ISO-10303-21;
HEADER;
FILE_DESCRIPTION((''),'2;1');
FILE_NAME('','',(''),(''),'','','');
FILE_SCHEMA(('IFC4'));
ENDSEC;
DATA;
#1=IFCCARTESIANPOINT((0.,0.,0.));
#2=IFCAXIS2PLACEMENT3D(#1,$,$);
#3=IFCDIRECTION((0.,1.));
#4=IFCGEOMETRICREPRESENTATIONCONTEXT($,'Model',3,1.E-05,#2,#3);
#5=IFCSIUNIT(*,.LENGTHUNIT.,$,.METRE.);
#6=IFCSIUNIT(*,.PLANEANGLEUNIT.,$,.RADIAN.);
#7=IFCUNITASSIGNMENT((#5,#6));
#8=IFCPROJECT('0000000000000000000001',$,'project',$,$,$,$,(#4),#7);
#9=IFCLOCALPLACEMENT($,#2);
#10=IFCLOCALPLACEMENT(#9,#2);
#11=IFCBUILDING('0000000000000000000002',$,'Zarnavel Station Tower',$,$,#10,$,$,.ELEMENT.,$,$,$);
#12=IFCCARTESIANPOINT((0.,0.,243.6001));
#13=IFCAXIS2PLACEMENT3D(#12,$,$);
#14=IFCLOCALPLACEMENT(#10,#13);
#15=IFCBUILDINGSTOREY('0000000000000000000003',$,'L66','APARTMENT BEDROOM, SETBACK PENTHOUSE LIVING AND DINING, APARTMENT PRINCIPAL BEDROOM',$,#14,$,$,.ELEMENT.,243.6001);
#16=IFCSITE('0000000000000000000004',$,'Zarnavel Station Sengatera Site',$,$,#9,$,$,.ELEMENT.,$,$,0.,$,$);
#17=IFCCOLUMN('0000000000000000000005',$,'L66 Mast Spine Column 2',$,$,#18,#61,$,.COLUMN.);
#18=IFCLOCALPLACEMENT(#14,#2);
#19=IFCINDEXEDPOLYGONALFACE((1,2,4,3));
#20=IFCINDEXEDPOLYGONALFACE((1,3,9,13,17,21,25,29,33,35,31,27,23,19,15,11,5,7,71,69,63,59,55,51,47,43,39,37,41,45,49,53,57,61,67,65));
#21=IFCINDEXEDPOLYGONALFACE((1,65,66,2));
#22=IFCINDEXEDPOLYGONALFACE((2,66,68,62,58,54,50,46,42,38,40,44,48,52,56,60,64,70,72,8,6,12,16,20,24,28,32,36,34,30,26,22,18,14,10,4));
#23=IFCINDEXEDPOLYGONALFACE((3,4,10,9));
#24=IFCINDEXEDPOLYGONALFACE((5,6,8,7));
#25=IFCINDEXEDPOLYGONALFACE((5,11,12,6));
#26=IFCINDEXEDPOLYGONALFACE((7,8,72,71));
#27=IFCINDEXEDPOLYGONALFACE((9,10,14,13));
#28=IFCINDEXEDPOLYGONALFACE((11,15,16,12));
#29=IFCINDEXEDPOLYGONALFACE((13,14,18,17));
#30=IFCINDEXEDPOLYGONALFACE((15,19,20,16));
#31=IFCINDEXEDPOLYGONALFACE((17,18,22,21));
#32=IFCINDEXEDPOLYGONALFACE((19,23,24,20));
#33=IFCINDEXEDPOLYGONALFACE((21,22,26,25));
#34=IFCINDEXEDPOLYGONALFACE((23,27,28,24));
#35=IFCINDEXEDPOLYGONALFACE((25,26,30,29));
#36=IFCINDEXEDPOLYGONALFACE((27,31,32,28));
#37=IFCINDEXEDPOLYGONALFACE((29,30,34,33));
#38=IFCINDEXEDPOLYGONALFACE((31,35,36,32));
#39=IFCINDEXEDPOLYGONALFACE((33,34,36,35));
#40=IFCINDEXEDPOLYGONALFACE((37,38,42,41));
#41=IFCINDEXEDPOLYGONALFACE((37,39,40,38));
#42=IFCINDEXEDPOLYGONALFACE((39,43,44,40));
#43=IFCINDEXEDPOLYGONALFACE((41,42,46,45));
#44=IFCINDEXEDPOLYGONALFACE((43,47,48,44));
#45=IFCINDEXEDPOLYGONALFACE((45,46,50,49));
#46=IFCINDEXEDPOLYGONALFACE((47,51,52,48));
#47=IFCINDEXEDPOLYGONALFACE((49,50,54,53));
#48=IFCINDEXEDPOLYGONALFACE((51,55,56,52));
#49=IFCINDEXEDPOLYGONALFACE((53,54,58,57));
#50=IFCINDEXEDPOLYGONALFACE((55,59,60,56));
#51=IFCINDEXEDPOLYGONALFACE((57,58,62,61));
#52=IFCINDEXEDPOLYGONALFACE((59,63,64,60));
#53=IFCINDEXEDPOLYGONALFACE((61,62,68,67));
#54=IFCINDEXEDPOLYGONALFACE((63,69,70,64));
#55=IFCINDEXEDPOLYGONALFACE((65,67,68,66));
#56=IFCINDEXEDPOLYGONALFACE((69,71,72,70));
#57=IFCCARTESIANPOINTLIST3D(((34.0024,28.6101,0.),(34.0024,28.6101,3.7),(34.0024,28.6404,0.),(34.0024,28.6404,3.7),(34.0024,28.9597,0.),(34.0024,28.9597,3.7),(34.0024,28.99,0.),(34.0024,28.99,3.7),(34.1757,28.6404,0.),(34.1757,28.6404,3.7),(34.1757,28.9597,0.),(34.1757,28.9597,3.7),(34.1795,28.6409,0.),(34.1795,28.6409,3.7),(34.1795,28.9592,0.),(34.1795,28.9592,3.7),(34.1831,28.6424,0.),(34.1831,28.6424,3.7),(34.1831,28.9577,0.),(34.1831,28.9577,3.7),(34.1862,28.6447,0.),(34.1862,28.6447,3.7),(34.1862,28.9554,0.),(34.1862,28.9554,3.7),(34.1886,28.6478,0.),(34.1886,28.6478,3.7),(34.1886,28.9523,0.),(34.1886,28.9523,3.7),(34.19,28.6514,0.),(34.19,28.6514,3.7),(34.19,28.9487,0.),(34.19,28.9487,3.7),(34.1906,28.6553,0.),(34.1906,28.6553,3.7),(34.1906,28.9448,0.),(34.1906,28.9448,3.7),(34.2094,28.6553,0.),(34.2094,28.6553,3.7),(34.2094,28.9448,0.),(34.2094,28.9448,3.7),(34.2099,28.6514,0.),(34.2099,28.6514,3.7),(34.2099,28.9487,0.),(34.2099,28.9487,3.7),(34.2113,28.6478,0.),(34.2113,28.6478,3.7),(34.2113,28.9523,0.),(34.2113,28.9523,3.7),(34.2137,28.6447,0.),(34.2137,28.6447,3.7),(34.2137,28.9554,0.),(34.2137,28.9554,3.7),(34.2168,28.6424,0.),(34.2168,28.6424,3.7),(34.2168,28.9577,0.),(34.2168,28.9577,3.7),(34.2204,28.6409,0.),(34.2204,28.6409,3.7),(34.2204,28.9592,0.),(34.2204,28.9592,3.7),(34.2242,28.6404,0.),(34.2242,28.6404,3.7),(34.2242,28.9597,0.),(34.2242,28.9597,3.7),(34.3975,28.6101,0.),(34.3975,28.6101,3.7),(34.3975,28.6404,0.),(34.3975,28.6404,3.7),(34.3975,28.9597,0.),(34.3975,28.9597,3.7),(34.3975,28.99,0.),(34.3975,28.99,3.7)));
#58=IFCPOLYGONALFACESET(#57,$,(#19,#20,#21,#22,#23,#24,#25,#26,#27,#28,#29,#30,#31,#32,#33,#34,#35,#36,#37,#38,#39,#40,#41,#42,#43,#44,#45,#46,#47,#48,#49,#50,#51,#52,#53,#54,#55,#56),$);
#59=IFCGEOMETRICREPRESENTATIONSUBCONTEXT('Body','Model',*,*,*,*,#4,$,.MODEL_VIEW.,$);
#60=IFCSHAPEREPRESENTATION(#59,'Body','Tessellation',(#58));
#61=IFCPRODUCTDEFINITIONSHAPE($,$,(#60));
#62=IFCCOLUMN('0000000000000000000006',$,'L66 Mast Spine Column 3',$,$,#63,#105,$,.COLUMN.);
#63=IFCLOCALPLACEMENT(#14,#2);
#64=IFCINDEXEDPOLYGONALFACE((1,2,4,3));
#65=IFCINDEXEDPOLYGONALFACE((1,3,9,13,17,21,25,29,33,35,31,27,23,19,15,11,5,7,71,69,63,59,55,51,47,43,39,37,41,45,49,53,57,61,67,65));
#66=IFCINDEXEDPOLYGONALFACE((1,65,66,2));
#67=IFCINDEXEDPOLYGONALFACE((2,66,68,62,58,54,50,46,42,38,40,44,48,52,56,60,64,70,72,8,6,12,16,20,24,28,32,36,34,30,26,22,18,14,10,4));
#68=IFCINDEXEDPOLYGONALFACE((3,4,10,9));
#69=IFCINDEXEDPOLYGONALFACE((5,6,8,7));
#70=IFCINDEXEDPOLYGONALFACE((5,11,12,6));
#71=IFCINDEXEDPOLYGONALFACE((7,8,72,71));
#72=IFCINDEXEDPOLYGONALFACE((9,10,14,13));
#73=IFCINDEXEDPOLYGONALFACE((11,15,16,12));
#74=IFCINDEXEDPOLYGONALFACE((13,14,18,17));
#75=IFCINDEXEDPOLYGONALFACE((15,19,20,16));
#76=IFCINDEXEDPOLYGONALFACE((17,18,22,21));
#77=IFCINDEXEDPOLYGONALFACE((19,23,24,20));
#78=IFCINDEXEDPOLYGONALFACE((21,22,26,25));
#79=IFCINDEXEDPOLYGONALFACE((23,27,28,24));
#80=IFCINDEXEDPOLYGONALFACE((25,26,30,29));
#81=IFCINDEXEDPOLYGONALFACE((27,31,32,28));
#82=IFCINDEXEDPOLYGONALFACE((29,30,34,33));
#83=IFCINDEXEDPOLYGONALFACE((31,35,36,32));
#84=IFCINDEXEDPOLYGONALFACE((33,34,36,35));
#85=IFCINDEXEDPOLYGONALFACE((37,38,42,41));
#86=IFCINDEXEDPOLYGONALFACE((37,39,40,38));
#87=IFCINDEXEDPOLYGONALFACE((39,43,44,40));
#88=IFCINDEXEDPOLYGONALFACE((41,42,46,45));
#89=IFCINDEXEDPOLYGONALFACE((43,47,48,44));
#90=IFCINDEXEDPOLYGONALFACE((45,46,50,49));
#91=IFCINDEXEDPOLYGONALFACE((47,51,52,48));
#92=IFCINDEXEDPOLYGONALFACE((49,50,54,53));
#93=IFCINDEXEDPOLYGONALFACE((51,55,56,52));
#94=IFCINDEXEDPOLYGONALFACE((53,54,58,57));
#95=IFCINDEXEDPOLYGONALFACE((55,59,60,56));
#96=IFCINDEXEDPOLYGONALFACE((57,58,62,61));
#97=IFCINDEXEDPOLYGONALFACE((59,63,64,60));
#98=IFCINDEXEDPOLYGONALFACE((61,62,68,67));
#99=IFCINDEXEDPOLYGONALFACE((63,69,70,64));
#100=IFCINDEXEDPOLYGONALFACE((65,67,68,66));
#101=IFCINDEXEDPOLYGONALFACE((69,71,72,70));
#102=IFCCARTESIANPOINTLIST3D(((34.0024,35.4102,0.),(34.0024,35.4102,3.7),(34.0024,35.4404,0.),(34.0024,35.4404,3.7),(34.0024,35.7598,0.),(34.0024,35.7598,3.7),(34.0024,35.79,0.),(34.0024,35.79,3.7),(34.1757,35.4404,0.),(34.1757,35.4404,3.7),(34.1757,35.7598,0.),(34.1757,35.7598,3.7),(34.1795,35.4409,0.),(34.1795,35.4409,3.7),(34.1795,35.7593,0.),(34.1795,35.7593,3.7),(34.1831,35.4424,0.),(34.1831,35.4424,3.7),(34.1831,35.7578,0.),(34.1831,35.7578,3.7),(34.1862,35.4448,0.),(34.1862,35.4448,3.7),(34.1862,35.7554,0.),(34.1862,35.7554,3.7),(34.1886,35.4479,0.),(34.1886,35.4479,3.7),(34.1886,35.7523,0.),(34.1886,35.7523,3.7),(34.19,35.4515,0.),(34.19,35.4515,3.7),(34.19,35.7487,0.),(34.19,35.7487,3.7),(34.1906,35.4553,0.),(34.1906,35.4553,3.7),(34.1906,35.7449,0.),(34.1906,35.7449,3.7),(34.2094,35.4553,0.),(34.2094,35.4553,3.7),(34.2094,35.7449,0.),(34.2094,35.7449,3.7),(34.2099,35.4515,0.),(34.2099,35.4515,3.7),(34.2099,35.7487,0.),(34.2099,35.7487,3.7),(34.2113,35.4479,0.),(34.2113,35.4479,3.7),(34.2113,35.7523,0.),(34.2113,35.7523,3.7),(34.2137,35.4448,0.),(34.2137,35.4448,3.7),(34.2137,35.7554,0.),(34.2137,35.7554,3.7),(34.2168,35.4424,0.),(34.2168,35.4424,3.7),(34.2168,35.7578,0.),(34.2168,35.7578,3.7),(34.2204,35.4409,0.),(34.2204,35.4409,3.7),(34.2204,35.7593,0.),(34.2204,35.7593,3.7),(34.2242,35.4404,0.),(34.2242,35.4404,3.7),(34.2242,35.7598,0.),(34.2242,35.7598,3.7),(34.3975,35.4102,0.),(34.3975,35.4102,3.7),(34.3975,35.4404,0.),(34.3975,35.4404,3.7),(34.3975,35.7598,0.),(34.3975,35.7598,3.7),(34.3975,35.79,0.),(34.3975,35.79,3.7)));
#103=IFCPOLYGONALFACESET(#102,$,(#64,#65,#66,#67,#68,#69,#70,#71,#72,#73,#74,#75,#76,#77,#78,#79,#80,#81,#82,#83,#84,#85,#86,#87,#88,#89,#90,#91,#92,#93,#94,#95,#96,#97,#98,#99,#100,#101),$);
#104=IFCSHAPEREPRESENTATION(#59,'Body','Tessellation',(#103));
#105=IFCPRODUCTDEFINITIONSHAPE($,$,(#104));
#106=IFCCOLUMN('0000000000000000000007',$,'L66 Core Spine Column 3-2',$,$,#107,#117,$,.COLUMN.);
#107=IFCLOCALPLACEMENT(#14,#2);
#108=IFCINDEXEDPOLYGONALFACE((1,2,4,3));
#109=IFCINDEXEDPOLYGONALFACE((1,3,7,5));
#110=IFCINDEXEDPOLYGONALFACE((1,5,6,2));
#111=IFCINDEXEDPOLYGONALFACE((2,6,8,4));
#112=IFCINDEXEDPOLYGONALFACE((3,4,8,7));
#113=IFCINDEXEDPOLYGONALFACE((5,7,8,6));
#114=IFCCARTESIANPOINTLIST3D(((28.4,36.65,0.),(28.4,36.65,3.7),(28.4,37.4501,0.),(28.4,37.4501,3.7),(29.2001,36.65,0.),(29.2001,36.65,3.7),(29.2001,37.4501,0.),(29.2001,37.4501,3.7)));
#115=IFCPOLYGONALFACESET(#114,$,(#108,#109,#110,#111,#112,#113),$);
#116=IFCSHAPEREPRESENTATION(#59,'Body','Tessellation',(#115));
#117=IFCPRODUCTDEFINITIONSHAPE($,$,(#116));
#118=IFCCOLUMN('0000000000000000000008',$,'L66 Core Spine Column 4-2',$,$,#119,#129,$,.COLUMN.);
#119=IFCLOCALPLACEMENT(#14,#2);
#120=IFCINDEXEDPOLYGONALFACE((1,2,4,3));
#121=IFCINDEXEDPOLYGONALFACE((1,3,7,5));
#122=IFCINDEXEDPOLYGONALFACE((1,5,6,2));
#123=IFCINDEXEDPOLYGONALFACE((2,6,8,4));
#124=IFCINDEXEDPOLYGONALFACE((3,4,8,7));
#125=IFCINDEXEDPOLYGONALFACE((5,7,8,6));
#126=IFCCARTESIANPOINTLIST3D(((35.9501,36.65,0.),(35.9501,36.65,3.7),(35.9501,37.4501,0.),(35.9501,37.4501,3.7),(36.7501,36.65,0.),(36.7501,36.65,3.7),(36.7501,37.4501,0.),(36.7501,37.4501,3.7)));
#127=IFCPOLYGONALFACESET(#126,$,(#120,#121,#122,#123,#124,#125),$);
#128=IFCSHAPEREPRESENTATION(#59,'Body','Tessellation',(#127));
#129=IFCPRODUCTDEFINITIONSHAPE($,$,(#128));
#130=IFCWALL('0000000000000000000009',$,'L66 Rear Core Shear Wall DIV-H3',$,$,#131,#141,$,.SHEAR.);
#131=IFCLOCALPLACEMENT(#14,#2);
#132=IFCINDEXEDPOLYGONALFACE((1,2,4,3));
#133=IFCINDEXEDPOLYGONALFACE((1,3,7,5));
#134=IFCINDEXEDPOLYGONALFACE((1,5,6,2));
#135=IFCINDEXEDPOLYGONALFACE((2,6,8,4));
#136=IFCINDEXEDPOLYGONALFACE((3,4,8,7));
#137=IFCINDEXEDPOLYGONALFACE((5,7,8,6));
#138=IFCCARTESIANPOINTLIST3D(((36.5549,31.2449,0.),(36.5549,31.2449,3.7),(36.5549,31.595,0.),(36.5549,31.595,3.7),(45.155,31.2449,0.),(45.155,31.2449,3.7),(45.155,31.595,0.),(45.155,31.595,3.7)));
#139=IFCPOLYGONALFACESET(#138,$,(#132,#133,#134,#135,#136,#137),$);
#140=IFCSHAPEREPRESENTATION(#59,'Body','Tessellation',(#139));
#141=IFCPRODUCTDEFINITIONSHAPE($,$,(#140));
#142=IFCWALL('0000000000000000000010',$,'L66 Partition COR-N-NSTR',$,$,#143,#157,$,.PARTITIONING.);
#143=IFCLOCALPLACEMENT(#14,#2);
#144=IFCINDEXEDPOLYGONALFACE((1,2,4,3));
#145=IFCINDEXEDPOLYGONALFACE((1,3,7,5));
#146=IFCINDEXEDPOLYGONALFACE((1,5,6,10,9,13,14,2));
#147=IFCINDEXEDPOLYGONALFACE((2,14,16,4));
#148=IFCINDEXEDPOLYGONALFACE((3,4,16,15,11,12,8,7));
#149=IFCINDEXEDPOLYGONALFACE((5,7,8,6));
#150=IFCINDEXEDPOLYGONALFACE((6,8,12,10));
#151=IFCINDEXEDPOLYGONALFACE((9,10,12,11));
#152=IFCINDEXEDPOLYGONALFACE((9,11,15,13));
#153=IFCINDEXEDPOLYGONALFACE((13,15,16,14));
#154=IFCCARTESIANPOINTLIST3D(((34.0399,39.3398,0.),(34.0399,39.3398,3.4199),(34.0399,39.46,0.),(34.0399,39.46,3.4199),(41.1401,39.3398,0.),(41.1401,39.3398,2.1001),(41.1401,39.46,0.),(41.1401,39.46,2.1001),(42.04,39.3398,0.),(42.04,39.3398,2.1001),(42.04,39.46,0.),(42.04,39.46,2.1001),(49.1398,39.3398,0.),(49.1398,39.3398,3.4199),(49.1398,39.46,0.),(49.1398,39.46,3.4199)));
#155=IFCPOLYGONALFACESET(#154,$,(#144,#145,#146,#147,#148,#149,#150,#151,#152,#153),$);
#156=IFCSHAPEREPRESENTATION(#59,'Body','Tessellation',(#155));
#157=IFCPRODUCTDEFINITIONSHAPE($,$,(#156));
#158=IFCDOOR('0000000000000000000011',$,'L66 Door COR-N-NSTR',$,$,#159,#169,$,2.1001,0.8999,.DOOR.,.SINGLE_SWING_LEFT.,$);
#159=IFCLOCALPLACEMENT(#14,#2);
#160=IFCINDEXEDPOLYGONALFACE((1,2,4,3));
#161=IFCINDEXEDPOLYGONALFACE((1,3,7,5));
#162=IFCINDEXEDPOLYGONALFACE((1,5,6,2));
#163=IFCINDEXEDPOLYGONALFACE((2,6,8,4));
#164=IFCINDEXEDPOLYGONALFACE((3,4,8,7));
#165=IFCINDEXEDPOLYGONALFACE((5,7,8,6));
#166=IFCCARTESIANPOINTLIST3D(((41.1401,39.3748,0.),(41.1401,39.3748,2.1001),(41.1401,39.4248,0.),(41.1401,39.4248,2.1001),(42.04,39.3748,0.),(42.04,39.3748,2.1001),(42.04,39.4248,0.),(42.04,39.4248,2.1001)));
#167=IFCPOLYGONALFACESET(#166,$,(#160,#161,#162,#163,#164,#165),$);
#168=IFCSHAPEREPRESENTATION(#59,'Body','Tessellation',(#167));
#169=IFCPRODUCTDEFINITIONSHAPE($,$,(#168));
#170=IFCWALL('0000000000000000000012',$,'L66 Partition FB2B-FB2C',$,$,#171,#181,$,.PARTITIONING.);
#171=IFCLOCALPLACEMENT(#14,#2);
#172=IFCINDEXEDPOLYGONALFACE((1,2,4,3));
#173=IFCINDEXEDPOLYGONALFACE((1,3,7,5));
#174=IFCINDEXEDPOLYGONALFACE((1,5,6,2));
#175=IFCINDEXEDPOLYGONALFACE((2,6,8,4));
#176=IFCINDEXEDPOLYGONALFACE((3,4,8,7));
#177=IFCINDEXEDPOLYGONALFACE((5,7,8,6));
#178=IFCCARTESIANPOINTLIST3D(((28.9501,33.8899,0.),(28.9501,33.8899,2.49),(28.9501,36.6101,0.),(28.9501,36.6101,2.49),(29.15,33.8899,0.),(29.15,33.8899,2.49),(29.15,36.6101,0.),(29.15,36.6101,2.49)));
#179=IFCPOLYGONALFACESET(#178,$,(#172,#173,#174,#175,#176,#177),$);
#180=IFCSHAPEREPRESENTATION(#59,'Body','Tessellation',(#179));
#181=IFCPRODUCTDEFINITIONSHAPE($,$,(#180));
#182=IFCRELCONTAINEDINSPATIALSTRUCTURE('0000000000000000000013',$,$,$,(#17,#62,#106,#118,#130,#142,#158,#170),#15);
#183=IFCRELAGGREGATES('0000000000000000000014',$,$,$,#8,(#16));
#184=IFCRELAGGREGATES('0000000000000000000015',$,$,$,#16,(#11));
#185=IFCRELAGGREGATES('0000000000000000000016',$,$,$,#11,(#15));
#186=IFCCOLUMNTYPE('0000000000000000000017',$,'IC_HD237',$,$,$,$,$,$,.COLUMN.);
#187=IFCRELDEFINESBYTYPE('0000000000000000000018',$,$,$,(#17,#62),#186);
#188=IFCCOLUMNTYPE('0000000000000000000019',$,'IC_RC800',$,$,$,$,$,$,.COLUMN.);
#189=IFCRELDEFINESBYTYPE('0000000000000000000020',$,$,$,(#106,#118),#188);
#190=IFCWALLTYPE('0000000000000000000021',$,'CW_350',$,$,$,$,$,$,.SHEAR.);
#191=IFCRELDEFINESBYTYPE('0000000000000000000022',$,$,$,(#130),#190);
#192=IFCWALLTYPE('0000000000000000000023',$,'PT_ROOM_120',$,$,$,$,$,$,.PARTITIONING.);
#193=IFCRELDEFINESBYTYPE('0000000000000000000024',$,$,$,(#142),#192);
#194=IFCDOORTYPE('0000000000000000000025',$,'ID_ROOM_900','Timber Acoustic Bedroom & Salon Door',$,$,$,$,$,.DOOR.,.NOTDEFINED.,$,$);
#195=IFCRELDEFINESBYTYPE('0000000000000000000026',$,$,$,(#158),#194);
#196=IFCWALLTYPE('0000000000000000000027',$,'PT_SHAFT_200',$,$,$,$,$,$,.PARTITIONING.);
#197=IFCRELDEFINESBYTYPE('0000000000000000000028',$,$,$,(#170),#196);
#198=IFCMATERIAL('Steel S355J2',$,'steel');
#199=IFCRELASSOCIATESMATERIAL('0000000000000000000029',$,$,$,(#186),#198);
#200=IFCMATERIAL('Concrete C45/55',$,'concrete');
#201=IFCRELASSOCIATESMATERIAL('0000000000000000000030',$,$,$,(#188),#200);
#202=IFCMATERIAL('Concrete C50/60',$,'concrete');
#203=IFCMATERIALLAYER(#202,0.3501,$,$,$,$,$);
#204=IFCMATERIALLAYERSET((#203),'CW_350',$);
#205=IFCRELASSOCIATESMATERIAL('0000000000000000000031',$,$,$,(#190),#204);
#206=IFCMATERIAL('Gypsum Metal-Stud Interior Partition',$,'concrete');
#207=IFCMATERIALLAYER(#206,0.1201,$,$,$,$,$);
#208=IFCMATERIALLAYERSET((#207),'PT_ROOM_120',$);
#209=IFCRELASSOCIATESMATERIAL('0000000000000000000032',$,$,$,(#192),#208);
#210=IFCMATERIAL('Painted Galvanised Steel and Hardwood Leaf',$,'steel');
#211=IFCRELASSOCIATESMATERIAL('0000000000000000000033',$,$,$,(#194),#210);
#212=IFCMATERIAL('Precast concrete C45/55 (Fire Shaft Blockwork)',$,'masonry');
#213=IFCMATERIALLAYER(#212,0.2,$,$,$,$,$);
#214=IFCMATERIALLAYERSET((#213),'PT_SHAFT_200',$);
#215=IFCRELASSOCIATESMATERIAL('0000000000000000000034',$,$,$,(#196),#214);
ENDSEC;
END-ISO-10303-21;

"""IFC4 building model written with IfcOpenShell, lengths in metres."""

from ifc_helpers import new_model, si_unit, direction, frame, frame_2d, origin, origin_2d, place, context, subcontext, project, spatial, rectangle, i_section, extrude, material, layer, layer_set, material_profile, profile_set, type_object, element, fill, save


model = new_model("IFC4")

# Units and contexts
model_context = context("Model", 3, precision=1e-05, world=origin(), true_north=direction((0.0, 1.0)))
body_context = subcontext(model_context, "Body", "Model", "MODEL_VIEW")
ifc_project = project(units=[si_unit("LENGTHUNIT", "METRE"), si_unit("PLANEANGLEUNIT", "RADIAN")], contexts=[model_context])

# Site, building, storey
site_placement = place(None, origin())
site = spatial("IfcSite", under=ifc_project, at=site_placement, Name="Zarnavel Station Sengatera Site", CompositionType="ELEMENT", RefElevation=0.0)
building_placement = place(site_placement, origin())
building = spatial("IfcBuilding", under=site, at=building_placement, Name="Zarnavel Station Tower", CompositionType="ELEMENT")
storey_placement = place(building_placement, frame((0.0, 0.0, 243.6001)))
storey = spatial("IfcBuildingStorey", under=building, at=storey_placement, Name="L66", Description="APARTMENT BEDROOM, SETBACK PENTHOUSE LIVING AND DINING, APARTMENT PRINCIPAL BEDROOM", CompositionType="ELEMENT", Elevation=243.6001)

# Columns
ifc_material_1 = material(Name="Steel S355J2", Category="steel")
ifc_material_profile_1 = material_profile(ifc_material_1, i_section(OverallWidth=0.395, OverallDepth=0.3799, WebThickness=0.0188, FlangeThickness=0.0303, FilletRadius=0.0149, at=origin_2d()), Name="HD400x237")
ifc_profile_set_1 = profile_set([ifc_material_profile_1], Name="Steel S355J2")
column_type_1 = type_object("IfcColumnType", Name="IC_HD237", PredefinedType="COLUMN", material=ifc_profile_set_1)
for number, where, z_axis, x_axis, name in (
    (1, (34.2, 28.8, 0.0), (0.0, 0.0, 1.0), (1.0, 0.0, 0.0), "L66 Mast Spine Column 2"),
    (2, (34.2, 35.6001, 0.0), (0.0, 0.0, 1.0), (1.0, 0.0, 0.0), "L66 Mast Spine Column 3"),
):
    element("IfcColumn", number, at=place(storey_placement, frame(where, z_axis=z_axis, x_axis=x_axis)), inside=storey, type_object=column_type_1, Name=name, PredefinedType="COLUMN", context=body_context, shape_type="SweptSolid", body=[
        extrude(i_section(OverallWidth=0.395, OverallDepth=0.3799, WebThickness=0.0188, FlangeThickness=0.0303, FilletRadius=0.0149, at=origin_2d()), origin(), (0.0, 0.0, 1.0), 3.7),
    ])
ifc_material_2 = material(Name="Concrete C45/55", Category="concrete")
ifc_material_profile_2 = material_profile(ifc_material_2, rectangle(XDim=0.8, YDim=0.8, at=origin_2d()), Name="RC800x800")
ifc_profile_set_2 = profile_set([ifc_material_profile_2], Name="Concrete C45/55")
column_type_2 = type_object("IfcColumnType", Name="IC_RC800", PredefinedType="COLUMN", material=ifc_profile_set_2)
for number, where, z_axis, x_axis, name in (
    (3, (28.8, 37.05, 0.0), (0.0, 0.0, 1.0), (1.0, 0.0, 0.0), "L66 Core Spine Column 3-2"),
    (4, (36.3501, 37.05, 0.0), (0.0, 0.0, 1.0), (1.0, 0.0, 0.0), "L66 Core Spine Column 4-2"),
):
    element("IfcColumn", number, at=place(storey_placement, frame(where, z_axis=z_axis, x_axis=x_axis)), inside=storey, type_object=column_type_2, Name=name, PredefinedType="COLUMN", context=body_context, shape_type="SweptSolid", body=[
        extrude(rectangle(XDim=0.8, YDim=0.8, at=origin_2d()), origin(), (0.0, 0.0, 1.0), 3.7),
    ])

# Wall
ifc_material_3 = material(Name="Concrete C50/60", Category="concrete")
ifc_layer_1 = layer(ifc_material_3, 0.3501)
ifc_layer_set_1 = layer_set([ifc_layer_1], Name="CW_350")
wall_type_1 = type_object("IfcWallType", Name="CW_350", PredefinedType="SHEAR", material=ifc_layer_set_1)
wall_1_placement = place(storey_placement, frame((36.5549, 31.4199, 0.0), z_axis=(0.0, 0.0, 1.0), x_axis=(1.0, 0.0, 0.0)))
element("IfcWall", 5, at=wall_1_placement, inside=storey, type_object=wall_type_1, Name="L66 Rear Core Shear Wall DIV-H3", PredefinedType="SHEAR", context=body_context, shape_type="SweptSolid", body=[
    extrude(rectangle(XDim=8.6001, YDim=0.3501, at=frame_2d((4.3, 0.0))), origin(), (0.0, 0.0, 1.0), 3.7),
])

# Wall, opening, door
ifc_material_4 = material(Name="Gypsum Metal-Stud Interior Partition", Category="concrete")
ifc_layer_2 = layer(ifc_material_4, 0.1201)
ifc_layer_set_2 = layer_set([ifc_layer_2], Name="PT_ROOM_120")
wall_type_2 = type_object("IfcWallType", Name="PT_ROOM_120", PredefinedType="PARTITIONING", material=ifc_layer_set_2)
wall_2_placement = place(storey_placement, frame((34.04, 39.3999, 0.0), z_axis=(0.0, 0.0, 1.0), x_axis=(1.0, 0.0, 0.0)))
wall_2 = element("IfcWall", 6, at=wall_2_placement, inside=storey, type_object=wall_type_2, Name="L66 Partition COR-N-NSTR", PredefinedType="PARTITIONING", context=body_context, shape_type="SweptSolid", body=[
    extrude(rectangle(XDim=15.0999, YDim=0.1201, at=frame_2d((7.5498, 0.0))), origin(), (0.0, 0.0, 1.0), 3.4199),
])
opening_1_placement = place(wall_2_placement, frame((7.1001, 0.0, 0.0)))
opening_1 = element("IfcOpeningElement", 7, at=opening_1_placement, cuts=wall_2, PredefinedType="OPENING", context=body_context, shape_type="SweptSolid", body=[
    extrude(rectangle(XDim=0.8999, YDim=2.1001, at=frame_2d((0.45, 1.05))), frame((0.0, 0.0701, 0.0), z_axis=(0.0, -1.0, 0.0), x_axis=(1.0, 0.0, 0.0)), (0.0, 0.0, 1.0), 0.1401),
])
ifc_material_5 = material(Name="Painted Galvanised Steel and Hardwood Leaf", Category="steel")
door_type_1 = type_object("IfcDoorType", Name="ID_ROOM_900", Description="Timber Acoustic Bedroom & Salon Door", OperationType="NOTDEFINED", PredefinedType="DOOR", material=ifc_material_5)
door_1_placement = place(opening_1_placement, origin())
door_1 = element("IfcDoor", 8, at=door_1_placement, inside=storey, type_object=door_type_1, Name="L66 Door COR-N-NSTR", OperationType="SINGLE_SWING_LEFT", OverallHeight=2.1001, OverallWidth=0.8999, PredefinedType="DOOR", context=body_context, shape_type="SweptSolid", body=[
    extrude(rectangle(XDim=0.8999, YDim=2.1001, at=frame_2d((0.45, 1.05))), frame((0.0, 0.0249, 0.0), z_axis=(0.0, -1.0, 0.0), x_axis=(1.0, 0.0, 0.0)), (0.0, 0.0, 1.0), 0.05),
])
fill(opening_1, door_1)
ifc_material_6 = material(Name="Precast concrete C45/55 (Fire Shaft Blockwork)", Category="masonry")
ifc_layer_3 = layer(ifc_material_6, 0.2)
ifc_layer_set_3 = layer_set([ifc_layer_3], Name="PT_SHAFT_200")
wall_type_3 = type_object("IfcWallType", Name="PT_SHAFT_200", PredefinedType="PARTITIONING", material=ifc_layer_set_3)

# Wall
wall_3_placement = place(storey_placement, frame((29.05, 33.8899, 0.0), z_axis=(0.0, 0.0, 1.0), x_axis=(0.0, 1.0, 0.0)))
element("IfcWall", 9, at=wall_3_placement, inside=storey, type_object=wall_type_3, Name="L66 Partition FB2B-FB2C", PredefinedType="PARTITIONING", context=body_context, shape_type="SweptSolid", body=[
    extrude(rectangle(XDim=2.7202, YDim=0.2, at=frame_2d((1.3601, 0.0))), origin(), (0.0, 0.0, 1.0), 2.49),
])

save(model, "model.ifc")
